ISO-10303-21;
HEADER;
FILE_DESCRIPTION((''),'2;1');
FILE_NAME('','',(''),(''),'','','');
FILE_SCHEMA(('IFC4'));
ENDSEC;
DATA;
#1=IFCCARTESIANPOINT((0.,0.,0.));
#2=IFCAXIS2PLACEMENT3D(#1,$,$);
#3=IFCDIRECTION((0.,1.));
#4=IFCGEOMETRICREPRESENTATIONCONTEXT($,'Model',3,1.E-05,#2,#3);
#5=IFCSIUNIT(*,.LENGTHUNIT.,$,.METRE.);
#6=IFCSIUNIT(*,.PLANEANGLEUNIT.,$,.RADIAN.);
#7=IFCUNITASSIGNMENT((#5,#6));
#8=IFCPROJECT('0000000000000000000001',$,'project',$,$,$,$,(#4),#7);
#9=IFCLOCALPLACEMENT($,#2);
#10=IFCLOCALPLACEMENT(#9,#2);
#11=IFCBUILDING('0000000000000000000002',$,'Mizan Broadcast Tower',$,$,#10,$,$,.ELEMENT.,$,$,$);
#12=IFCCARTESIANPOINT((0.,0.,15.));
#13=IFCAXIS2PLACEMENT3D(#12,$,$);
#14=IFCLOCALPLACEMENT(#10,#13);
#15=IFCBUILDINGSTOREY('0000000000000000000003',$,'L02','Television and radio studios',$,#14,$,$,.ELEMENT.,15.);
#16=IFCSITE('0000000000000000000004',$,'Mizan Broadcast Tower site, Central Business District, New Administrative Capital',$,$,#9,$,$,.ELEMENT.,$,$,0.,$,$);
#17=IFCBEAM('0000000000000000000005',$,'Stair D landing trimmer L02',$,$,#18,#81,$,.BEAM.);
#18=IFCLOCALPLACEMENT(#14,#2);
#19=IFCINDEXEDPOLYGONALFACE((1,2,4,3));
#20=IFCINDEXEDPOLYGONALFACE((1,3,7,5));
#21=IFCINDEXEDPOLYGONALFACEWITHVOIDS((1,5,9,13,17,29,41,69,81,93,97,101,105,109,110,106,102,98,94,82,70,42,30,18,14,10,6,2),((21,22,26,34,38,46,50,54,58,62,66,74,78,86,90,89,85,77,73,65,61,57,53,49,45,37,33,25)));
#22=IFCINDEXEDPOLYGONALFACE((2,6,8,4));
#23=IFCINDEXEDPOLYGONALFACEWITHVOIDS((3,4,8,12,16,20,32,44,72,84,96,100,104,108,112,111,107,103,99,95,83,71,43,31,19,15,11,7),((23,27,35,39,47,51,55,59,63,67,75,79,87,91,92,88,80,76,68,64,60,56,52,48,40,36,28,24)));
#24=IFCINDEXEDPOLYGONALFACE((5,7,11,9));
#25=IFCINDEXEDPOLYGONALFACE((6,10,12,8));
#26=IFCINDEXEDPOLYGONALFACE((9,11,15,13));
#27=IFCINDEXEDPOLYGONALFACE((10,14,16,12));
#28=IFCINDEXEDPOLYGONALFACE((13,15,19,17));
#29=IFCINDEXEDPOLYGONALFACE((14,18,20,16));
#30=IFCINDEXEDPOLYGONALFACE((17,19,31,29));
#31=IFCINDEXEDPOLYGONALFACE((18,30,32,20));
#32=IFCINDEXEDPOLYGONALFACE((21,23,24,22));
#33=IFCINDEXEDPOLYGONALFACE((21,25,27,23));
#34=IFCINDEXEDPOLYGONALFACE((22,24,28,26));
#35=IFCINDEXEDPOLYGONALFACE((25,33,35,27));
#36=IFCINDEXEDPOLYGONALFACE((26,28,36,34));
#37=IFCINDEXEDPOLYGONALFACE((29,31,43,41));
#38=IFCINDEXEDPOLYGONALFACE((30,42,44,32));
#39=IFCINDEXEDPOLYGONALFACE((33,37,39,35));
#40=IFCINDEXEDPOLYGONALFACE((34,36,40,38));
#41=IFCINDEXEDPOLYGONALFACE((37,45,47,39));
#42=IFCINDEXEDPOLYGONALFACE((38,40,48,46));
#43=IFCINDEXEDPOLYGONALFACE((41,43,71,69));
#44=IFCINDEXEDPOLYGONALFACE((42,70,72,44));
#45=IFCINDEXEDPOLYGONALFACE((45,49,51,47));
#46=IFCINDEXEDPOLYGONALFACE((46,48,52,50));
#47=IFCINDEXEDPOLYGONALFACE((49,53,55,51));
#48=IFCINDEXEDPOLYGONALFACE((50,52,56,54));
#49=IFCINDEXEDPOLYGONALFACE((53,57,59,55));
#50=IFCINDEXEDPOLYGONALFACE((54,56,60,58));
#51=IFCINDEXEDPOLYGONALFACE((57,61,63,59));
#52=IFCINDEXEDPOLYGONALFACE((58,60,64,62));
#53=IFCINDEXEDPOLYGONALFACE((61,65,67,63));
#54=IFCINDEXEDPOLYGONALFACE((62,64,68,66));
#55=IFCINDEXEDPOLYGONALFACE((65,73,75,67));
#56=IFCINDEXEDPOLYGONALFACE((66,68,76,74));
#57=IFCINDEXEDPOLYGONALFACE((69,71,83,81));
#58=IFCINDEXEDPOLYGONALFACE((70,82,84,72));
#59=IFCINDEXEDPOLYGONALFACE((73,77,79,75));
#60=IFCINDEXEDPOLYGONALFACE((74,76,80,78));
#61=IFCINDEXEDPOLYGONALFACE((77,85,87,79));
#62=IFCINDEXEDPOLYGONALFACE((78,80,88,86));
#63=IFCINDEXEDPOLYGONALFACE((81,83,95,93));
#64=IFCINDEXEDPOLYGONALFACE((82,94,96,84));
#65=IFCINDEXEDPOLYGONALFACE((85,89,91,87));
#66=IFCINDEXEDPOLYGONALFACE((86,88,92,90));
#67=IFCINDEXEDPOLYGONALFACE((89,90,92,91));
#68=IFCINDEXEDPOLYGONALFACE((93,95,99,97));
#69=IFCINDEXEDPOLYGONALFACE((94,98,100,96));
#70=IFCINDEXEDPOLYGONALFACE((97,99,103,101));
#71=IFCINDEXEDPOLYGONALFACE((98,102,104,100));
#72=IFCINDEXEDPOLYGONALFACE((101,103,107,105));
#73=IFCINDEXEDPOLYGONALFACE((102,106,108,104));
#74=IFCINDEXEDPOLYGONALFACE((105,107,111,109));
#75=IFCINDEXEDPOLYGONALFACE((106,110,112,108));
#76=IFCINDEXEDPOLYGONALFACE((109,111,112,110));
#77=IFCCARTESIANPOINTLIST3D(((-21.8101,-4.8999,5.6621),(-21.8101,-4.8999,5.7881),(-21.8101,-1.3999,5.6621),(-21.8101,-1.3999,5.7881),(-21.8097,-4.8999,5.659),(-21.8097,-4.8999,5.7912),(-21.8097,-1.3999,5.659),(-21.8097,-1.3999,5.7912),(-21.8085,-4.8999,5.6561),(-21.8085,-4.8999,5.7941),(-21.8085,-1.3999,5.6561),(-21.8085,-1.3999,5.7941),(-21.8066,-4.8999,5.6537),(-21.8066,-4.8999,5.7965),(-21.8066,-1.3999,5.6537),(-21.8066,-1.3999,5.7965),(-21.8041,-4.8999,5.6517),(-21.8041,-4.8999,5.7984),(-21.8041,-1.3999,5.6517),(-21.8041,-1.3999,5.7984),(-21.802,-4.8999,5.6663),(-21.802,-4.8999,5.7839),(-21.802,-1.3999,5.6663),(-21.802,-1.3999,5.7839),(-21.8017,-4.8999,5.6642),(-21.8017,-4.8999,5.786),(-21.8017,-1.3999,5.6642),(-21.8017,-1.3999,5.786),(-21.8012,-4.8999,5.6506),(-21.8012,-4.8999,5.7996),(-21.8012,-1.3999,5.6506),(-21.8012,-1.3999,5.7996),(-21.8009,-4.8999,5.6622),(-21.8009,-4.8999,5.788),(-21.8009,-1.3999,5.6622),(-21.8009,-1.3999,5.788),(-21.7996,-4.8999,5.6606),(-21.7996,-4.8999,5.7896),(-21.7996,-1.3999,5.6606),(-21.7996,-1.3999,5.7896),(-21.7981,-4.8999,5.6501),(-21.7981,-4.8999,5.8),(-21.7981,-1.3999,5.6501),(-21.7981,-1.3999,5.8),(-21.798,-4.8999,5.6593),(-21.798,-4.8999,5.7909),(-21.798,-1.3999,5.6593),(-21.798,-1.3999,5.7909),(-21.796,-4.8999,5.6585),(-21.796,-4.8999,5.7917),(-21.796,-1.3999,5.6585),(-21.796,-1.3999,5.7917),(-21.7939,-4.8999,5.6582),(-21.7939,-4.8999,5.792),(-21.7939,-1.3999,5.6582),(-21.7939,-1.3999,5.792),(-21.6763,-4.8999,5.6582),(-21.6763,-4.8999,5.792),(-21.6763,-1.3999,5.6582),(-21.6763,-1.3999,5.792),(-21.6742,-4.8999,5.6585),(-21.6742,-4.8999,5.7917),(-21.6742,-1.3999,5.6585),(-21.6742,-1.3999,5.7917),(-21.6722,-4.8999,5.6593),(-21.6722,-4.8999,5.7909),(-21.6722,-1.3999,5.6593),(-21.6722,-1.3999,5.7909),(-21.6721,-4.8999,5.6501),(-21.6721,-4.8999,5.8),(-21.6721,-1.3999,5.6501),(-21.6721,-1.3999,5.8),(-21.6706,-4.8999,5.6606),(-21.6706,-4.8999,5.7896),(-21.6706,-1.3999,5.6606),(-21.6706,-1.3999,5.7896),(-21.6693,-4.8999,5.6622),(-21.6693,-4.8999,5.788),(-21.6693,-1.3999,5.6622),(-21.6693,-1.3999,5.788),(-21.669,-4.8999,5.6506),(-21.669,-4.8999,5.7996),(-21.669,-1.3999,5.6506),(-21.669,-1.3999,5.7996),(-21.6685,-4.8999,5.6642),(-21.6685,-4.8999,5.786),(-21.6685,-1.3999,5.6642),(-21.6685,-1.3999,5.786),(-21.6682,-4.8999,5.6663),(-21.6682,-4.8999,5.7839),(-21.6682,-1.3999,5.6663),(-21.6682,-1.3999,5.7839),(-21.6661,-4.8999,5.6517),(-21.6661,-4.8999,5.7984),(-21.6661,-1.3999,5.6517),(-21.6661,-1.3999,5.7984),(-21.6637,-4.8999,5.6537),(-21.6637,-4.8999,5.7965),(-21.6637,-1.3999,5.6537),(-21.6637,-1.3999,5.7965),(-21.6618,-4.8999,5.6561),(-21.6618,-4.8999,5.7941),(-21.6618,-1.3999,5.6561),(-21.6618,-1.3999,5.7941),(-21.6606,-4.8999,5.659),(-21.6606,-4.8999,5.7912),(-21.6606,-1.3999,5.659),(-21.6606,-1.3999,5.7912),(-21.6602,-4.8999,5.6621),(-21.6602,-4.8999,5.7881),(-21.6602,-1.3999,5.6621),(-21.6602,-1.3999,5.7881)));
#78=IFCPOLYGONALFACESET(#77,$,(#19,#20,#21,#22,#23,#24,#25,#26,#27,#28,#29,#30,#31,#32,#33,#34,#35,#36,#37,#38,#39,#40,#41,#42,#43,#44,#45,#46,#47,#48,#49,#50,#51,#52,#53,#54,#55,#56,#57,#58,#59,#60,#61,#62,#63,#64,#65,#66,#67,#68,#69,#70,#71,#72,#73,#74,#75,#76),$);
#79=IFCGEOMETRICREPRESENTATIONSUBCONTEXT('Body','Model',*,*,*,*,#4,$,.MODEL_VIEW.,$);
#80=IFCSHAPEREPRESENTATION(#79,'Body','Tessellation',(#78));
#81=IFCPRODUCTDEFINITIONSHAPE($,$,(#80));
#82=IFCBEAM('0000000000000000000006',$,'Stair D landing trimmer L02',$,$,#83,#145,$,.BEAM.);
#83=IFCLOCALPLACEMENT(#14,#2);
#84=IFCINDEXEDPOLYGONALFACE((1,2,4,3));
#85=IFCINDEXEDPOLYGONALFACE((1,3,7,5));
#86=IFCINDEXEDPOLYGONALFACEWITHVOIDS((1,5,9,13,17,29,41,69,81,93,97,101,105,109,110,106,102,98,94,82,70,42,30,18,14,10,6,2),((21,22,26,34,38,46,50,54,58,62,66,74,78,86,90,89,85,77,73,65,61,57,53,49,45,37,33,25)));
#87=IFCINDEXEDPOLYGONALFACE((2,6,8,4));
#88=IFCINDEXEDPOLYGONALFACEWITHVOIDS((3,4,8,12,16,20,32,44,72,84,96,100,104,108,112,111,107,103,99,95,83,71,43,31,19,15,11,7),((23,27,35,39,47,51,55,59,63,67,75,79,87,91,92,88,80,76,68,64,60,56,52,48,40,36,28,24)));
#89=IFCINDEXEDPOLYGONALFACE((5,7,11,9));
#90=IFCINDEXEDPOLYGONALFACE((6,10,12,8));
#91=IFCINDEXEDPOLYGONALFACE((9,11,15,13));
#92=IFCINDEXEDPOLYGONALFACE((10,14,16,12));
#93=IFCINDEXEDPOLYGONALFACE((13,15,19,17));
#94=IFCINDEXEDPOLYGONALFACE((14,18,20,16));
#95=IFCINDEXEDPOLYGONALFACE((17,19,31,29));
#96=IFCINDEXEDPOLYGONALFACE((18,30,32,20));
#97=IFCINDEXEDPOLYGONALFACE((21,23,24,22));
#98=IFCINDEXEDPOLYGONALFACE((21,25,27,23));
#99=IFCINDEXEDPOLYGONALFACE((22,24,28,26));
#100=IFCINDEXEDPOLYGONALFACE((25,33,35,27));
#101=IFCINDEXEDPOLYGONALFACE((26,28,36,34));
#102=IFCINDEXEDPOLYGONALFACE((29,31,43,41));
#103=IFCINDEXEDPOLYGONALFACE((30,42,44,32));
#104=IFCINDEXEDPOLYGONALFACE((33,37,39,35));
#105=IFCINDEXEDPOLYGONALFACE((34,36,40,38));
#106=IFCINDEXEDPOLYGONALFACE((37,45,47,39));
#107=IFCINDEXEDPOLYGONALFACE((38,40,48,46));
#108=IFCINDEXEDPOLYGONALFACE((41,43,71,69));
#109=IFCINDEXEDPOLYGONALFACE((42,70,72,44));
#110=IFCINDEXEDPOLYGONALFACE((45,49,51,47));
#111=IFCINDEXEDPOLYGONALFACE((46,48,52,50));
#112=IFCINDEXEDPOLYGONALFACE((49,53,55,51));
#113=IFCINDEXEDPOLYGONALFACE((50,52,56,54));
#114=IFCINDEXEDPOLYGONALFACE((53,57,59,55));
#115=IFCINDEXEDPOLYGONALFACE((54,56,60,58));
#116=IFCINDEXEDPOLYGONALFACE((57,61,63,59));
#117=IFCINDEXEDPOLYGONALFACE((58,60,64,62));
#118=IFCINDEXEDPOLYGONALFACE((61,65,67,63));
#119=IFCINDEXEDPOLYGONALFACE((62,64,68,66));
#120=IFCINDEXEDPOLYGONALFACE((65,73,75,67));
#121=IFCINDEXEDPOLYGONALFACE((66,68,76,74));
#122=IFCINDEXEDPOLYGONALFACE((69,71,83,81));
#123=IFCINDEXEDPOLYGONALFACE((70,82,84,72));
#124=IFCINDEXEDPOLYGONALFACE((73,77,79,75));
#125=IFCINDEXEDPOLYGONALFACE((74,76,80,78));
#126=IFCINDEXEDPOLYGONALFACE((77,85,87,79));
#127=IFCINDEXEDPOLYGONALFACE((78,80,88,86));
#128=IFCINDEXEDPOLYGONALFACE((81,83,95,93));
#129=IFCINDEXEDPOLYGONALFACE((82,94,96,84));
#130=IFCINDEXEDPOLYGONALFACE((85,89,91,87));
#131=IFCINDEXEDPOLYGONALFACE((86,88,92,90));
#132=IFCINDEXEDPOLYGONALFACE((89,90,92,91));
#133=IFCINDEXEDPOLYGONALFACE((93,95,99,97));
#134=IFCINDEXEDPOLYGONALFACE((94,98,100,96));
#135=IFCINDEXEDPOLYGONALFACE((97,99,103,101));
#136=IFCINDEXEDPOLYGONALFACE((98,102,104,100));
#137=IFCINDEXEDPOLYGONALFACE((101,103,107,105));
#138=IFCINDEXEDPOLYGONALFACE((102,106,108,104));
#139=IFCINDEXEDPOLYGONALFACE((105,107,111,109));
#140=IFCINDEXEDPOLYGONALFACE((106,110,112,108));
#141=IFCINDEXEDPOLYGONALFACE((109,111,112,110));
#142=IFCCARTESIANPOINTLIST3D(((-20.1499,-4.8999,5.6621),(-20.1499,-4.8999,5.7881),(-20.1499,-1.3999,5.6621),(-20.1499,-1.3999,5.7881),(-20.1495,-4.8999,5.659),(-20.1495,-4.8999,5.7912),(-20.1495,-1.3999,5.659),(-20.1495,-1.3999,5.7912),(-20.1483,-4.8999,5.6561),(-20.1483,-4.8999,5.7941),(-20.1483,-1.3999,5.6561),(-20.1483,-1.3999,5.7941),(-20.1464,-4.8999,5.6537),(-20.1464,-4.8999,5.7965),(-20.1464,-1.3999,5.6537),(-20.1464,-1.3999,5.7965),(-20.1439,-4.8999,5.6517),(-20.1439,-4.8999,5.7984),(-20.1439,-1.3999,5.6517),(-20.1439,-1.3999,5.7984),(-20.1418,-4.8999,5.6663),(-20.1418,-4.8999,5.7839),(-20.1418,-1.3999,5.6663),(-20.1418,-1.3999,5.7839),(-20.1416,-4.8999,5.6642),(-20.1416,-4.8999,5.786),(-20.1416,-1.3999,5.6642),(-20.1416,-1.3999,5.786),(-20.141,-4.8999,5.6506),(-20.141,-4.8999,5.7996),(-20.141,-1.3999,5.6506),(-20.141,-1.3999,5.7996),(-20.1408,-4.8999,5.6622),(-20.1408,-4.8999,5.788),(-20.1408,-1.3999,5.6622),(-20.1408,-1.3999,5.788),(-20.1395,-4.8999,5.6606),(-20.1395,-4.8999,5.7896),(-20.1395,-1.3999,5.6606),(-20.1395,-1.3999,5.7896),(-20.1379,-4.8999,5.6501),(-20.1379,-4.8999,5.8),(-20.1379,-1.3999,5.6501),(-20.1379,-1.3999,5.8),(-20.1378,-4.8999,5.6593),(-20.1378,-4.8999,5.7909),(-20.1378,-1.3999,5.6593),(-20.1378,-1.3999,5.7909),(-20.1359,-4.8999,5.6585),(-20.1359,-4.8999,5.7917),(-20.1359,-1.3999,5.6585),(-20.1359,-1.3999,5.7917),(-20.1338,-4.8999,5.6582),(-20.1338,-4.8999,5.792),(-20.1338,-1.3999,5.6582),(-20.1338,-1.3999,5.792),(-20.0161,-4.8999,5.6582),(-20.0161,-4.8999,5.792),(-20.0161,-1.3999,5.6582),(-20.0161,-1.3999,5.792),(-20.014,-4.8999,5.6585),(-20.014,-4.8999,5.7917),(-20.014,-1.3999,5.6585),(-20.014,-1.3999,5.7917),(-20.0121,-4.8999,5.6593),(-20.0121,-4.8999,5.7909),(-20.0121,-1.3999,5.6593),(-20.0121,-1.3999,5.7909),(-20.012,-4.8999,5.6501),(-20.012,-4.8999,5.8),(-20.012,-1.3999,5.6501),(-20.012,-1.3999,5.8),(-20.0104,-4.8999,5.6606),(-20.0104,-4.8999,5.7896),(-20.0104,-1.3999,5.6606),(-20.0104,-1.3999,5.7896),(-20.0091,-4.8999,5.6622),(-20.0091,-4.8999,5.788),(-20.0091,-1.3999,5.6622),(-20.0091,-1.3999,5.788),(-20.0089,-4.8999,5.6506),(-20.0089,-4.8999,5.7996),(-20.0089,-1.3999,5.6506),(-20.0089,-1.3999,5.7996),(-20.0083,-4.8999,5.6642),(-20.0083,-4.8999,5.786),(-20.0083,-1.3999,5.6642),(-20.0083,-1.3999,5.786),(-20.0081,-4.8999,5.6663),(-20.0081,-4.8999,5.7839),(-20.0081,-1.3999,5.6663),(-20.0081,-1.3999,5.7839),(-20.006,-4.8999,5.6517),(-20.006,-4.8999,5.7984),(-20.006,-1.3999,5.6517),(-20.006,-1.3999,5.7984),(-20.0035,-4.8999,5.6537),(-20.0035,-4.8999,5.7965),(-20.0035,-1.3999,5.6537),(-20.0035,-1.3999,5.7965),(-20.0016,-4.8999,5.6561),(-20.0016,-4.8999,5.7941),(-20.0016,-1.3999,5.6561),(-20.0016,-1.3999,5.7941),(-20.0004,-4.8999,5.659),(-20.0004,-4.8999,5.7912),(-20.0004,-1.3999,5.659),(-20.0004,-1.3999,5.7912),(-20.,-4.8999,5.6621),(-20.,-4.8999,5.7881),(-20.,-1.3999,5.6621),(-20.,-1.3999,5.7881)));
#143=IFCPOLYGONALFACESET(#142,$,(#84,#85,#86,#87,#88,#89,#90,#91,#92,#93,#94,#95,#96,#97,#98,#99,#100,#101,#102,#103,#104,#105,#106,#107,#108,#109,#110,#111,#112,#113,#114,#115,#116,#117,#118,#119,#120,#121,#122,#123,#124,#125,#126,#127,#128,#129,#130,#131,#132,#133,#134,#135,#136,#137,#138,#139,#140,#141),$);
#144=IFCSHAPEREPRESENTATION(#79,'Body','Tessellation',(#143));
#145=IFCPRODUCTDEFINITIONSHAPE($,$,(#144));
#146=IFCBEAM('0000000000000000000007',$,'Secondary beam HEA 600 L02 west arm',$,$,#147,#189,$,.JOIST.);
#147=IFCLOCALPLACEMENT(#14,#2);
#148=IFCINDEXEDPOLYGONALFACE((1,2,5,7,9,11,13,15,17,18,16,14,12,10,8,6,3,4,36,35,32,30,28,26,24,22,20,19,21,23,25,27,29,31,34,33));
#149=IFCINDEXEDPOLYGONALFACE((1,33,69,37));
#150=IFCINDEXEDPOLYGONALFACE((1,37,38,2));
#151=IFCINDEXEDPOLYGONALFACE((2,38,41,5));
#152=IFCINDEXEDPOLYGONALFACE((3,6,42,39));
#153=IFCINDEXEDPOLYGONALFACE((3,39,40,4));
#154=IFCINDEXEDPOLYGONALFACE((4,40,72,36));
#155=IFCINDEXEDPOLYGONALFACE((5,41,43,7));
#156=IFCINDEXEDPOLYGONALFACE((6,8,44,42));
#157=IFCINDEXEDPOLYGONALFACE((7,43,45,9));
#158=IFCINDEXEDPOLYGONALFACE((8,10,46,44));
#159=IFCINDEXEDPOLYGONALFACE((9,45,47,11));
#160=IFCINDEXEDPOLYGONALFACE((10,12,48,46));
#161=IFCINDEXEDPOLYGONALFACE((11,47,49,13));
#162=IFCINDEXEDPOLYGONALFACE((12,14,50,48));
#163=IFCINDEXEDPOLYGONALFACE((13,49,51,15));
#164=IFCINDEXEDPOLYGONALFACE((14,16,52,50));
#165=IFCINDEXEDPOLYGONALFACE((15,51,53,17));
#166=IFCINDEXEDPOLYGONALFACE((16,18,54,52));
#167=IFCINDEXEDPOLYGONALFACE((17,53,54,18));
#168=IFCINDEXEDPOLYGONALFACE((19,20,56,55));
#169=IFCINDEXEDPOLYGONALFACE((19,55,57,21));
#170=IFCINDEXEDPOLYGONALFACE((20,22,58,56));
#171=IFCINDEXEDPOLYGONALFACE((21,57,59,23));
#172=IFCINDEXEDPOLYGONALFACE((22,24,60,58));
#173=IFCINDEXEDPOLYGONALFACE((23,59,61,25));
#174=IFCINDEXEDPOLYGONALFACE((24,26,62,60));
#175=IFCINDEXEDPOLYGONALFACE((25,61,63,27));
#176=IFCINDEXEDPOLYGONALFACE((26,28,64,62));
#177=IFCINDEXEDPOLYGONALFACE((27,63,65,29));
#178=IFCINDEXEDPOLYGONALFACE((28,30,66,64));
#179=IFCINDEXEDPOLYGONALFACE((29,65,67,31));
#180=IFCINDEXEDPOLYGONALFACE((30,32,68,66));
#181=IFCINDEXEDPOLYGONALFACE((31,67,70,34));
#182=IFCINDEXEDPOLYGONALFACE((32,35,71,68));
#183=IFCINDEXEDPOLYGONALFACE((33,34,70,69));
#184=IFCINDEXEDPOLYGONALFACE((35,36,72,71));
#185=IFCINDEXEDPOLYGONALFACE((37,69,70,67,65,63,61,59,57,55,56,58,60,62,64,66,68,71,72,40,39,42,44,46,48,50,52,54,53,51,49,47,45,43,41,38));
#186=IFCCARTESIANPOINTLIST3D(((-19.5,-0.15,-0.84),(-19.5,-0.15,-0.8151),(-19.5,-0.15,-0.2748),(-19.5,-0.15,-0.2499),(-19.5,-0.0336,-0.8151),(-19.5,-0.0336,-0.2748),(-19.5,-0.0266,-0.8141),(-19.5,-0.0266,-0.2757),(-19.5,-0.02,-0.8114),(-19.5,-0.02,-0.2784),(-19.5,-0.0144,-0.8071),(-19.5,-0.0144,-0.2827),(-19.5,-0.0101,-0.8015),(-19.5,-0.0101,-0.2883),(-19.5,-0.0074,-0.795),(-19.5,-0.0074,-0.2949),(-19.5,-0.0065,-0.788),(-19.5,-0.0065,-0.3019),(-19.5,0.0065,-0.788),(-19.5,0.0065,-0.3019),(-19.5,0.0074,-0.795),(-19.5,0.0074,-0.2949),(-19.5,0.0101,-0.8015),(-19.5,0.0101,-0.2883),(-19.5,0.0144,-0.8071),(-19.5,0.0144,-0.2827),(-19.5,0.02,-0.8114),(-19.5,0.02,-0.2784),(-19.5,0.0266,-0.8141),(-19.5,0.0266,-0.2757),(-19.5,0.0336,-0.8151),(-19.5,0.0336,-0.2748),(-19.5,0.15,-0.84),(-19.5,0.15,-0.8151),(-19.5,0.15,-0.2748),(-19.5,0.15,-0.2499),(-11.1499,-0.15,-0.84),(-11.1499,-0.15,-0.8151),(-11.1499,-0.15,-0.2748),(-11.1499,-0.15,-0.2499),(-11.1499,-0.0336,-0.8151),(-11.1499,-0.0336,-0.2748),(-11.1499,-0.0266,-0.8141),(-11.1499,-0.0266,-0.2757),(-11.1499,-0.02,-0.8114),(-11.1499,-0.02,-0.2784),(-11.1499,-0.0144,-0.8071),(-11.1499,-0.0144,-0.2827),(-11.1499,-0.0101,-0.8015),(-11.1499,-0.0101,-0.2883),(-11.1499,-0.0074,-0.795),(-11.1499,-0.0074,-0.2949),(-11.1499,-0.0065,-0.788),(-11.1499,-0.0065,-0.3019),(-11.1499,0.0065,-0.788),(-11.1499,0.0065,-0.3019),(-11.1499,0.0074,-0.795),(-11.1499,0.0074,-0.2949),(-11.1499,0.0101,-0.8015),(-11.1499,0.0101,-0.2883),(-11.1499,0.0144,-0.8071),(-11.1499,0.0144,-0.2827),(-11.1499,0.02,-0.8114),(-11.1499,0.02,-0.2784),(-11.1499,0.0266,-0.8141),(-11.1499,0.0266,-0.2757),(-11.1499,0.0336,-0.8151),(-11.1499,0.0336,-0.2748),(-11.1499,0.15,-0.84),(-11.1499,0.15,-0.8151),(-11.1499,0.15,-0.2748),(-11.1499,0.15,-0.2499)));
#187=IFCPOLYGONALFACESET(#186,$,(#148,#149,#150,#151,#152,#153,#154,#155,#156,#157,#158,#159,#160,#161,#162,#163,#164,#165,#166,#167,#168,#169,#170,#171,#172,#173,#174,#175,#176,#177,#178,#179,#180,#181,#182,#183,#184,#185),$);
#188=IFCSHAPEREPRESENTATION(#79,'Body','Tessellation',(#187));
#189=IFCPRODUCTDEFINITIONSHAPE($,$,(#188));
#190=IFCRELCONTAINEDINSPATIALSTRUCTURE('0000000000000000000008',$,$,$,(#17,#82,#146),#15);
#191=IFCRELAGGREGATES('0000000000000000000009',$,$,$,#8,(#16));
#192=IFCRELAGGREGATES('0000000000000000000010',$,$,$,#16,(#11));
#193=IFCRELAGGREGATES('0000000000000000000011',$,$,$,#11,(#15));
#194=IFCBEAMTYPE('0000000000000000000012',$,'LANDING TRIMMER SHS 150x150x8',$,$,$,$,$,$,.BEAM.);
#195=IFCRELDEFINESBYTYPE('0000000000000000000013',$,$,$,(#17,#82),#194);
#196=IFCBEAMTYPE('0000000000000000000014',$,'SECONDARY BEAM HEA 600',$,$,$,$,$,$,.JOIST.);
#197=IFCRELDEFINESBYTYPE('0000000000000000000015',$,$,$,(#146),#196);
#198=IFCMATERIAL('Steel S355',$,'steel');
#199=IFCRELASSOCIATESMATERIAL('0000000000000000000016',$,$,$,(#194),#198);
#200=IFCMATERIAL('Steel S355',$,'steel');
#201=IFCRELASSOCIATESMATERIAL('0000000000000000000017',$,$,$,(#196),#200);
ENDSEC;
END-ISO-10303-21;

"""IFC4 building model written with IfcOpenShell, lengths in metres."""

from ifc_helpers import new_model, si_unit, direction, frame, origin, origin_2d, place, context, subcontext, project, spatial, hollow_rectangle, i_section, extrude, material, material_profile, profile_set, type_object, element, save


model = new_model("IFC4")

# Units and contexts
model_context = context("Model", 3, precision=1e-05, world=origin(), true_north=direction((0.0, 1.0)))
body_context = subcontext(model_context, "Body", "Model", "MODEL_VIEW")
ifc_project = project(units=[si_unit("LENGTHUNIT", "METRE"), si_unit("PLANEANGLEUNIT", "RADIAN")], contexts=[model_context])

# Site, building, storey
site_placement = place(None, origin())
site = spatial("IfcSite", under=ifc_project, at=site_placement, Name="Mizan Broadcast Tower site, Central Business District, New Administrative Capital", CompositionType="ELEMENT", RefElevation=0.0)
building_placement = place(site_placement, origin())
building = spatial("IfcBuilding", under=site, at=building_placement, Name="Mizan Broadcast Tower", CompositionType="ELEMENT")
storey_placement = place(building_placement, frame((0.0, 0.0, 15.0)))
storey = spatial("IfcBuildingStorey", under=building, at=storey_placement, Name="L02", Description="Television and radio studios", CompositionType="ELEMENT", Elevation=15.0)

# Beams
ifc_material_1 = material(Name="Steel S355", Category="steel")
ifc_material_profile_1 = material_profile(ifc_material_1, hollow_rectangle(XDim=0.1499, YDim=0.1499, WallThickness=0.0081, InnerFilletRadius=0.0081, OuterFilletRadius=0.012, at=origin_2d()), Name="SHS 150x150x8")
ifc_profile_set_1 = profile_set([ifc_material_profile_1], Name="Steel S355")
beam_type_1 = type_object("IfcBeamType", Name="LANDING TRIMMER SHS 150x150x8", PredefinedType="BEAM", material=ifc_profile_set_1)
for number, where, z_axis, x_axis, name in (
    (1, (-21.7351, -1.3999, 5.7251), (0.0, -1.0, 0.0), (1.0, 0.0, 0.0), "Stair D landing trimmer L02"),
    (2, (-20.075, -1.3999, 5.7251), (0.0, -1.0, 0.0), (1.0, 0.0, 0.0), "Stair D landing trimmer L02"),
):
    element("IfcBeam", number, at=place(storey_placement, frame(where, z_axis=z_axis, x_axis=x_axis)), inside=storey, type_object=beam_type_1, Name=name, PredefinedType="BEAM", context=body_context, shape_type="SweptSolid", body=[
        extrude(hollow_rectangle(XDim=0.1499, YDim=0.1499, WallThickness=0.0081, InnerFilletRadius=0.0081, OuterFilletRadius=0.012, at=origin_2d()), origin(), (0.0, 0.0, 1.0), 3.5),
    ])
ifc_material_2 = material(Name="Steel S355", Category="steel")
ifc_material_profile_2 = material_profile(ifc_material_2, i_section(OverallWidth=0.3, OverallDepth=0.5901, WebThickness=0.0129, FlangeThickness=0.0249, FilletRadius=0.0271, at=origin_2d()), Name="HEA 600")
ifc_profile_set_2 = profile_set([ifc_material_profile_2], Name="Steel S355")
beam_type_2 = type_object("IfcBeamType", Name="SECONDARY BEAM HEA 600", PredefinedType="JOIST", material=ifc_profile_set_2)
beam_1_placement = place(storey_placement, frame((-11.1499, 0.0, -0.5449), z_axis=(-1.0, 0.0, 0.0), x_axis=(0.0, -1.0, 0.0)))
element("IfcBeam", 3, at=beam_1_placement, inside=storey, type_object=beam_type_2, Name="Secondary beam HEA 600 L02 west arm", PredefinedType="JOIST", context=body_context, shape_type="SweptSolid", body=[
    extrude(i_section(OverallWidth=0.3, OverallDepth=0.5901, WebThickness=0.0129, FlangeThickness=0.0249, FilletRadius=0.0271, at=origin_2d()), origin(), (0.0, 0.0, 1.0), 8.3501),
])

save(model, "model.ifc")
